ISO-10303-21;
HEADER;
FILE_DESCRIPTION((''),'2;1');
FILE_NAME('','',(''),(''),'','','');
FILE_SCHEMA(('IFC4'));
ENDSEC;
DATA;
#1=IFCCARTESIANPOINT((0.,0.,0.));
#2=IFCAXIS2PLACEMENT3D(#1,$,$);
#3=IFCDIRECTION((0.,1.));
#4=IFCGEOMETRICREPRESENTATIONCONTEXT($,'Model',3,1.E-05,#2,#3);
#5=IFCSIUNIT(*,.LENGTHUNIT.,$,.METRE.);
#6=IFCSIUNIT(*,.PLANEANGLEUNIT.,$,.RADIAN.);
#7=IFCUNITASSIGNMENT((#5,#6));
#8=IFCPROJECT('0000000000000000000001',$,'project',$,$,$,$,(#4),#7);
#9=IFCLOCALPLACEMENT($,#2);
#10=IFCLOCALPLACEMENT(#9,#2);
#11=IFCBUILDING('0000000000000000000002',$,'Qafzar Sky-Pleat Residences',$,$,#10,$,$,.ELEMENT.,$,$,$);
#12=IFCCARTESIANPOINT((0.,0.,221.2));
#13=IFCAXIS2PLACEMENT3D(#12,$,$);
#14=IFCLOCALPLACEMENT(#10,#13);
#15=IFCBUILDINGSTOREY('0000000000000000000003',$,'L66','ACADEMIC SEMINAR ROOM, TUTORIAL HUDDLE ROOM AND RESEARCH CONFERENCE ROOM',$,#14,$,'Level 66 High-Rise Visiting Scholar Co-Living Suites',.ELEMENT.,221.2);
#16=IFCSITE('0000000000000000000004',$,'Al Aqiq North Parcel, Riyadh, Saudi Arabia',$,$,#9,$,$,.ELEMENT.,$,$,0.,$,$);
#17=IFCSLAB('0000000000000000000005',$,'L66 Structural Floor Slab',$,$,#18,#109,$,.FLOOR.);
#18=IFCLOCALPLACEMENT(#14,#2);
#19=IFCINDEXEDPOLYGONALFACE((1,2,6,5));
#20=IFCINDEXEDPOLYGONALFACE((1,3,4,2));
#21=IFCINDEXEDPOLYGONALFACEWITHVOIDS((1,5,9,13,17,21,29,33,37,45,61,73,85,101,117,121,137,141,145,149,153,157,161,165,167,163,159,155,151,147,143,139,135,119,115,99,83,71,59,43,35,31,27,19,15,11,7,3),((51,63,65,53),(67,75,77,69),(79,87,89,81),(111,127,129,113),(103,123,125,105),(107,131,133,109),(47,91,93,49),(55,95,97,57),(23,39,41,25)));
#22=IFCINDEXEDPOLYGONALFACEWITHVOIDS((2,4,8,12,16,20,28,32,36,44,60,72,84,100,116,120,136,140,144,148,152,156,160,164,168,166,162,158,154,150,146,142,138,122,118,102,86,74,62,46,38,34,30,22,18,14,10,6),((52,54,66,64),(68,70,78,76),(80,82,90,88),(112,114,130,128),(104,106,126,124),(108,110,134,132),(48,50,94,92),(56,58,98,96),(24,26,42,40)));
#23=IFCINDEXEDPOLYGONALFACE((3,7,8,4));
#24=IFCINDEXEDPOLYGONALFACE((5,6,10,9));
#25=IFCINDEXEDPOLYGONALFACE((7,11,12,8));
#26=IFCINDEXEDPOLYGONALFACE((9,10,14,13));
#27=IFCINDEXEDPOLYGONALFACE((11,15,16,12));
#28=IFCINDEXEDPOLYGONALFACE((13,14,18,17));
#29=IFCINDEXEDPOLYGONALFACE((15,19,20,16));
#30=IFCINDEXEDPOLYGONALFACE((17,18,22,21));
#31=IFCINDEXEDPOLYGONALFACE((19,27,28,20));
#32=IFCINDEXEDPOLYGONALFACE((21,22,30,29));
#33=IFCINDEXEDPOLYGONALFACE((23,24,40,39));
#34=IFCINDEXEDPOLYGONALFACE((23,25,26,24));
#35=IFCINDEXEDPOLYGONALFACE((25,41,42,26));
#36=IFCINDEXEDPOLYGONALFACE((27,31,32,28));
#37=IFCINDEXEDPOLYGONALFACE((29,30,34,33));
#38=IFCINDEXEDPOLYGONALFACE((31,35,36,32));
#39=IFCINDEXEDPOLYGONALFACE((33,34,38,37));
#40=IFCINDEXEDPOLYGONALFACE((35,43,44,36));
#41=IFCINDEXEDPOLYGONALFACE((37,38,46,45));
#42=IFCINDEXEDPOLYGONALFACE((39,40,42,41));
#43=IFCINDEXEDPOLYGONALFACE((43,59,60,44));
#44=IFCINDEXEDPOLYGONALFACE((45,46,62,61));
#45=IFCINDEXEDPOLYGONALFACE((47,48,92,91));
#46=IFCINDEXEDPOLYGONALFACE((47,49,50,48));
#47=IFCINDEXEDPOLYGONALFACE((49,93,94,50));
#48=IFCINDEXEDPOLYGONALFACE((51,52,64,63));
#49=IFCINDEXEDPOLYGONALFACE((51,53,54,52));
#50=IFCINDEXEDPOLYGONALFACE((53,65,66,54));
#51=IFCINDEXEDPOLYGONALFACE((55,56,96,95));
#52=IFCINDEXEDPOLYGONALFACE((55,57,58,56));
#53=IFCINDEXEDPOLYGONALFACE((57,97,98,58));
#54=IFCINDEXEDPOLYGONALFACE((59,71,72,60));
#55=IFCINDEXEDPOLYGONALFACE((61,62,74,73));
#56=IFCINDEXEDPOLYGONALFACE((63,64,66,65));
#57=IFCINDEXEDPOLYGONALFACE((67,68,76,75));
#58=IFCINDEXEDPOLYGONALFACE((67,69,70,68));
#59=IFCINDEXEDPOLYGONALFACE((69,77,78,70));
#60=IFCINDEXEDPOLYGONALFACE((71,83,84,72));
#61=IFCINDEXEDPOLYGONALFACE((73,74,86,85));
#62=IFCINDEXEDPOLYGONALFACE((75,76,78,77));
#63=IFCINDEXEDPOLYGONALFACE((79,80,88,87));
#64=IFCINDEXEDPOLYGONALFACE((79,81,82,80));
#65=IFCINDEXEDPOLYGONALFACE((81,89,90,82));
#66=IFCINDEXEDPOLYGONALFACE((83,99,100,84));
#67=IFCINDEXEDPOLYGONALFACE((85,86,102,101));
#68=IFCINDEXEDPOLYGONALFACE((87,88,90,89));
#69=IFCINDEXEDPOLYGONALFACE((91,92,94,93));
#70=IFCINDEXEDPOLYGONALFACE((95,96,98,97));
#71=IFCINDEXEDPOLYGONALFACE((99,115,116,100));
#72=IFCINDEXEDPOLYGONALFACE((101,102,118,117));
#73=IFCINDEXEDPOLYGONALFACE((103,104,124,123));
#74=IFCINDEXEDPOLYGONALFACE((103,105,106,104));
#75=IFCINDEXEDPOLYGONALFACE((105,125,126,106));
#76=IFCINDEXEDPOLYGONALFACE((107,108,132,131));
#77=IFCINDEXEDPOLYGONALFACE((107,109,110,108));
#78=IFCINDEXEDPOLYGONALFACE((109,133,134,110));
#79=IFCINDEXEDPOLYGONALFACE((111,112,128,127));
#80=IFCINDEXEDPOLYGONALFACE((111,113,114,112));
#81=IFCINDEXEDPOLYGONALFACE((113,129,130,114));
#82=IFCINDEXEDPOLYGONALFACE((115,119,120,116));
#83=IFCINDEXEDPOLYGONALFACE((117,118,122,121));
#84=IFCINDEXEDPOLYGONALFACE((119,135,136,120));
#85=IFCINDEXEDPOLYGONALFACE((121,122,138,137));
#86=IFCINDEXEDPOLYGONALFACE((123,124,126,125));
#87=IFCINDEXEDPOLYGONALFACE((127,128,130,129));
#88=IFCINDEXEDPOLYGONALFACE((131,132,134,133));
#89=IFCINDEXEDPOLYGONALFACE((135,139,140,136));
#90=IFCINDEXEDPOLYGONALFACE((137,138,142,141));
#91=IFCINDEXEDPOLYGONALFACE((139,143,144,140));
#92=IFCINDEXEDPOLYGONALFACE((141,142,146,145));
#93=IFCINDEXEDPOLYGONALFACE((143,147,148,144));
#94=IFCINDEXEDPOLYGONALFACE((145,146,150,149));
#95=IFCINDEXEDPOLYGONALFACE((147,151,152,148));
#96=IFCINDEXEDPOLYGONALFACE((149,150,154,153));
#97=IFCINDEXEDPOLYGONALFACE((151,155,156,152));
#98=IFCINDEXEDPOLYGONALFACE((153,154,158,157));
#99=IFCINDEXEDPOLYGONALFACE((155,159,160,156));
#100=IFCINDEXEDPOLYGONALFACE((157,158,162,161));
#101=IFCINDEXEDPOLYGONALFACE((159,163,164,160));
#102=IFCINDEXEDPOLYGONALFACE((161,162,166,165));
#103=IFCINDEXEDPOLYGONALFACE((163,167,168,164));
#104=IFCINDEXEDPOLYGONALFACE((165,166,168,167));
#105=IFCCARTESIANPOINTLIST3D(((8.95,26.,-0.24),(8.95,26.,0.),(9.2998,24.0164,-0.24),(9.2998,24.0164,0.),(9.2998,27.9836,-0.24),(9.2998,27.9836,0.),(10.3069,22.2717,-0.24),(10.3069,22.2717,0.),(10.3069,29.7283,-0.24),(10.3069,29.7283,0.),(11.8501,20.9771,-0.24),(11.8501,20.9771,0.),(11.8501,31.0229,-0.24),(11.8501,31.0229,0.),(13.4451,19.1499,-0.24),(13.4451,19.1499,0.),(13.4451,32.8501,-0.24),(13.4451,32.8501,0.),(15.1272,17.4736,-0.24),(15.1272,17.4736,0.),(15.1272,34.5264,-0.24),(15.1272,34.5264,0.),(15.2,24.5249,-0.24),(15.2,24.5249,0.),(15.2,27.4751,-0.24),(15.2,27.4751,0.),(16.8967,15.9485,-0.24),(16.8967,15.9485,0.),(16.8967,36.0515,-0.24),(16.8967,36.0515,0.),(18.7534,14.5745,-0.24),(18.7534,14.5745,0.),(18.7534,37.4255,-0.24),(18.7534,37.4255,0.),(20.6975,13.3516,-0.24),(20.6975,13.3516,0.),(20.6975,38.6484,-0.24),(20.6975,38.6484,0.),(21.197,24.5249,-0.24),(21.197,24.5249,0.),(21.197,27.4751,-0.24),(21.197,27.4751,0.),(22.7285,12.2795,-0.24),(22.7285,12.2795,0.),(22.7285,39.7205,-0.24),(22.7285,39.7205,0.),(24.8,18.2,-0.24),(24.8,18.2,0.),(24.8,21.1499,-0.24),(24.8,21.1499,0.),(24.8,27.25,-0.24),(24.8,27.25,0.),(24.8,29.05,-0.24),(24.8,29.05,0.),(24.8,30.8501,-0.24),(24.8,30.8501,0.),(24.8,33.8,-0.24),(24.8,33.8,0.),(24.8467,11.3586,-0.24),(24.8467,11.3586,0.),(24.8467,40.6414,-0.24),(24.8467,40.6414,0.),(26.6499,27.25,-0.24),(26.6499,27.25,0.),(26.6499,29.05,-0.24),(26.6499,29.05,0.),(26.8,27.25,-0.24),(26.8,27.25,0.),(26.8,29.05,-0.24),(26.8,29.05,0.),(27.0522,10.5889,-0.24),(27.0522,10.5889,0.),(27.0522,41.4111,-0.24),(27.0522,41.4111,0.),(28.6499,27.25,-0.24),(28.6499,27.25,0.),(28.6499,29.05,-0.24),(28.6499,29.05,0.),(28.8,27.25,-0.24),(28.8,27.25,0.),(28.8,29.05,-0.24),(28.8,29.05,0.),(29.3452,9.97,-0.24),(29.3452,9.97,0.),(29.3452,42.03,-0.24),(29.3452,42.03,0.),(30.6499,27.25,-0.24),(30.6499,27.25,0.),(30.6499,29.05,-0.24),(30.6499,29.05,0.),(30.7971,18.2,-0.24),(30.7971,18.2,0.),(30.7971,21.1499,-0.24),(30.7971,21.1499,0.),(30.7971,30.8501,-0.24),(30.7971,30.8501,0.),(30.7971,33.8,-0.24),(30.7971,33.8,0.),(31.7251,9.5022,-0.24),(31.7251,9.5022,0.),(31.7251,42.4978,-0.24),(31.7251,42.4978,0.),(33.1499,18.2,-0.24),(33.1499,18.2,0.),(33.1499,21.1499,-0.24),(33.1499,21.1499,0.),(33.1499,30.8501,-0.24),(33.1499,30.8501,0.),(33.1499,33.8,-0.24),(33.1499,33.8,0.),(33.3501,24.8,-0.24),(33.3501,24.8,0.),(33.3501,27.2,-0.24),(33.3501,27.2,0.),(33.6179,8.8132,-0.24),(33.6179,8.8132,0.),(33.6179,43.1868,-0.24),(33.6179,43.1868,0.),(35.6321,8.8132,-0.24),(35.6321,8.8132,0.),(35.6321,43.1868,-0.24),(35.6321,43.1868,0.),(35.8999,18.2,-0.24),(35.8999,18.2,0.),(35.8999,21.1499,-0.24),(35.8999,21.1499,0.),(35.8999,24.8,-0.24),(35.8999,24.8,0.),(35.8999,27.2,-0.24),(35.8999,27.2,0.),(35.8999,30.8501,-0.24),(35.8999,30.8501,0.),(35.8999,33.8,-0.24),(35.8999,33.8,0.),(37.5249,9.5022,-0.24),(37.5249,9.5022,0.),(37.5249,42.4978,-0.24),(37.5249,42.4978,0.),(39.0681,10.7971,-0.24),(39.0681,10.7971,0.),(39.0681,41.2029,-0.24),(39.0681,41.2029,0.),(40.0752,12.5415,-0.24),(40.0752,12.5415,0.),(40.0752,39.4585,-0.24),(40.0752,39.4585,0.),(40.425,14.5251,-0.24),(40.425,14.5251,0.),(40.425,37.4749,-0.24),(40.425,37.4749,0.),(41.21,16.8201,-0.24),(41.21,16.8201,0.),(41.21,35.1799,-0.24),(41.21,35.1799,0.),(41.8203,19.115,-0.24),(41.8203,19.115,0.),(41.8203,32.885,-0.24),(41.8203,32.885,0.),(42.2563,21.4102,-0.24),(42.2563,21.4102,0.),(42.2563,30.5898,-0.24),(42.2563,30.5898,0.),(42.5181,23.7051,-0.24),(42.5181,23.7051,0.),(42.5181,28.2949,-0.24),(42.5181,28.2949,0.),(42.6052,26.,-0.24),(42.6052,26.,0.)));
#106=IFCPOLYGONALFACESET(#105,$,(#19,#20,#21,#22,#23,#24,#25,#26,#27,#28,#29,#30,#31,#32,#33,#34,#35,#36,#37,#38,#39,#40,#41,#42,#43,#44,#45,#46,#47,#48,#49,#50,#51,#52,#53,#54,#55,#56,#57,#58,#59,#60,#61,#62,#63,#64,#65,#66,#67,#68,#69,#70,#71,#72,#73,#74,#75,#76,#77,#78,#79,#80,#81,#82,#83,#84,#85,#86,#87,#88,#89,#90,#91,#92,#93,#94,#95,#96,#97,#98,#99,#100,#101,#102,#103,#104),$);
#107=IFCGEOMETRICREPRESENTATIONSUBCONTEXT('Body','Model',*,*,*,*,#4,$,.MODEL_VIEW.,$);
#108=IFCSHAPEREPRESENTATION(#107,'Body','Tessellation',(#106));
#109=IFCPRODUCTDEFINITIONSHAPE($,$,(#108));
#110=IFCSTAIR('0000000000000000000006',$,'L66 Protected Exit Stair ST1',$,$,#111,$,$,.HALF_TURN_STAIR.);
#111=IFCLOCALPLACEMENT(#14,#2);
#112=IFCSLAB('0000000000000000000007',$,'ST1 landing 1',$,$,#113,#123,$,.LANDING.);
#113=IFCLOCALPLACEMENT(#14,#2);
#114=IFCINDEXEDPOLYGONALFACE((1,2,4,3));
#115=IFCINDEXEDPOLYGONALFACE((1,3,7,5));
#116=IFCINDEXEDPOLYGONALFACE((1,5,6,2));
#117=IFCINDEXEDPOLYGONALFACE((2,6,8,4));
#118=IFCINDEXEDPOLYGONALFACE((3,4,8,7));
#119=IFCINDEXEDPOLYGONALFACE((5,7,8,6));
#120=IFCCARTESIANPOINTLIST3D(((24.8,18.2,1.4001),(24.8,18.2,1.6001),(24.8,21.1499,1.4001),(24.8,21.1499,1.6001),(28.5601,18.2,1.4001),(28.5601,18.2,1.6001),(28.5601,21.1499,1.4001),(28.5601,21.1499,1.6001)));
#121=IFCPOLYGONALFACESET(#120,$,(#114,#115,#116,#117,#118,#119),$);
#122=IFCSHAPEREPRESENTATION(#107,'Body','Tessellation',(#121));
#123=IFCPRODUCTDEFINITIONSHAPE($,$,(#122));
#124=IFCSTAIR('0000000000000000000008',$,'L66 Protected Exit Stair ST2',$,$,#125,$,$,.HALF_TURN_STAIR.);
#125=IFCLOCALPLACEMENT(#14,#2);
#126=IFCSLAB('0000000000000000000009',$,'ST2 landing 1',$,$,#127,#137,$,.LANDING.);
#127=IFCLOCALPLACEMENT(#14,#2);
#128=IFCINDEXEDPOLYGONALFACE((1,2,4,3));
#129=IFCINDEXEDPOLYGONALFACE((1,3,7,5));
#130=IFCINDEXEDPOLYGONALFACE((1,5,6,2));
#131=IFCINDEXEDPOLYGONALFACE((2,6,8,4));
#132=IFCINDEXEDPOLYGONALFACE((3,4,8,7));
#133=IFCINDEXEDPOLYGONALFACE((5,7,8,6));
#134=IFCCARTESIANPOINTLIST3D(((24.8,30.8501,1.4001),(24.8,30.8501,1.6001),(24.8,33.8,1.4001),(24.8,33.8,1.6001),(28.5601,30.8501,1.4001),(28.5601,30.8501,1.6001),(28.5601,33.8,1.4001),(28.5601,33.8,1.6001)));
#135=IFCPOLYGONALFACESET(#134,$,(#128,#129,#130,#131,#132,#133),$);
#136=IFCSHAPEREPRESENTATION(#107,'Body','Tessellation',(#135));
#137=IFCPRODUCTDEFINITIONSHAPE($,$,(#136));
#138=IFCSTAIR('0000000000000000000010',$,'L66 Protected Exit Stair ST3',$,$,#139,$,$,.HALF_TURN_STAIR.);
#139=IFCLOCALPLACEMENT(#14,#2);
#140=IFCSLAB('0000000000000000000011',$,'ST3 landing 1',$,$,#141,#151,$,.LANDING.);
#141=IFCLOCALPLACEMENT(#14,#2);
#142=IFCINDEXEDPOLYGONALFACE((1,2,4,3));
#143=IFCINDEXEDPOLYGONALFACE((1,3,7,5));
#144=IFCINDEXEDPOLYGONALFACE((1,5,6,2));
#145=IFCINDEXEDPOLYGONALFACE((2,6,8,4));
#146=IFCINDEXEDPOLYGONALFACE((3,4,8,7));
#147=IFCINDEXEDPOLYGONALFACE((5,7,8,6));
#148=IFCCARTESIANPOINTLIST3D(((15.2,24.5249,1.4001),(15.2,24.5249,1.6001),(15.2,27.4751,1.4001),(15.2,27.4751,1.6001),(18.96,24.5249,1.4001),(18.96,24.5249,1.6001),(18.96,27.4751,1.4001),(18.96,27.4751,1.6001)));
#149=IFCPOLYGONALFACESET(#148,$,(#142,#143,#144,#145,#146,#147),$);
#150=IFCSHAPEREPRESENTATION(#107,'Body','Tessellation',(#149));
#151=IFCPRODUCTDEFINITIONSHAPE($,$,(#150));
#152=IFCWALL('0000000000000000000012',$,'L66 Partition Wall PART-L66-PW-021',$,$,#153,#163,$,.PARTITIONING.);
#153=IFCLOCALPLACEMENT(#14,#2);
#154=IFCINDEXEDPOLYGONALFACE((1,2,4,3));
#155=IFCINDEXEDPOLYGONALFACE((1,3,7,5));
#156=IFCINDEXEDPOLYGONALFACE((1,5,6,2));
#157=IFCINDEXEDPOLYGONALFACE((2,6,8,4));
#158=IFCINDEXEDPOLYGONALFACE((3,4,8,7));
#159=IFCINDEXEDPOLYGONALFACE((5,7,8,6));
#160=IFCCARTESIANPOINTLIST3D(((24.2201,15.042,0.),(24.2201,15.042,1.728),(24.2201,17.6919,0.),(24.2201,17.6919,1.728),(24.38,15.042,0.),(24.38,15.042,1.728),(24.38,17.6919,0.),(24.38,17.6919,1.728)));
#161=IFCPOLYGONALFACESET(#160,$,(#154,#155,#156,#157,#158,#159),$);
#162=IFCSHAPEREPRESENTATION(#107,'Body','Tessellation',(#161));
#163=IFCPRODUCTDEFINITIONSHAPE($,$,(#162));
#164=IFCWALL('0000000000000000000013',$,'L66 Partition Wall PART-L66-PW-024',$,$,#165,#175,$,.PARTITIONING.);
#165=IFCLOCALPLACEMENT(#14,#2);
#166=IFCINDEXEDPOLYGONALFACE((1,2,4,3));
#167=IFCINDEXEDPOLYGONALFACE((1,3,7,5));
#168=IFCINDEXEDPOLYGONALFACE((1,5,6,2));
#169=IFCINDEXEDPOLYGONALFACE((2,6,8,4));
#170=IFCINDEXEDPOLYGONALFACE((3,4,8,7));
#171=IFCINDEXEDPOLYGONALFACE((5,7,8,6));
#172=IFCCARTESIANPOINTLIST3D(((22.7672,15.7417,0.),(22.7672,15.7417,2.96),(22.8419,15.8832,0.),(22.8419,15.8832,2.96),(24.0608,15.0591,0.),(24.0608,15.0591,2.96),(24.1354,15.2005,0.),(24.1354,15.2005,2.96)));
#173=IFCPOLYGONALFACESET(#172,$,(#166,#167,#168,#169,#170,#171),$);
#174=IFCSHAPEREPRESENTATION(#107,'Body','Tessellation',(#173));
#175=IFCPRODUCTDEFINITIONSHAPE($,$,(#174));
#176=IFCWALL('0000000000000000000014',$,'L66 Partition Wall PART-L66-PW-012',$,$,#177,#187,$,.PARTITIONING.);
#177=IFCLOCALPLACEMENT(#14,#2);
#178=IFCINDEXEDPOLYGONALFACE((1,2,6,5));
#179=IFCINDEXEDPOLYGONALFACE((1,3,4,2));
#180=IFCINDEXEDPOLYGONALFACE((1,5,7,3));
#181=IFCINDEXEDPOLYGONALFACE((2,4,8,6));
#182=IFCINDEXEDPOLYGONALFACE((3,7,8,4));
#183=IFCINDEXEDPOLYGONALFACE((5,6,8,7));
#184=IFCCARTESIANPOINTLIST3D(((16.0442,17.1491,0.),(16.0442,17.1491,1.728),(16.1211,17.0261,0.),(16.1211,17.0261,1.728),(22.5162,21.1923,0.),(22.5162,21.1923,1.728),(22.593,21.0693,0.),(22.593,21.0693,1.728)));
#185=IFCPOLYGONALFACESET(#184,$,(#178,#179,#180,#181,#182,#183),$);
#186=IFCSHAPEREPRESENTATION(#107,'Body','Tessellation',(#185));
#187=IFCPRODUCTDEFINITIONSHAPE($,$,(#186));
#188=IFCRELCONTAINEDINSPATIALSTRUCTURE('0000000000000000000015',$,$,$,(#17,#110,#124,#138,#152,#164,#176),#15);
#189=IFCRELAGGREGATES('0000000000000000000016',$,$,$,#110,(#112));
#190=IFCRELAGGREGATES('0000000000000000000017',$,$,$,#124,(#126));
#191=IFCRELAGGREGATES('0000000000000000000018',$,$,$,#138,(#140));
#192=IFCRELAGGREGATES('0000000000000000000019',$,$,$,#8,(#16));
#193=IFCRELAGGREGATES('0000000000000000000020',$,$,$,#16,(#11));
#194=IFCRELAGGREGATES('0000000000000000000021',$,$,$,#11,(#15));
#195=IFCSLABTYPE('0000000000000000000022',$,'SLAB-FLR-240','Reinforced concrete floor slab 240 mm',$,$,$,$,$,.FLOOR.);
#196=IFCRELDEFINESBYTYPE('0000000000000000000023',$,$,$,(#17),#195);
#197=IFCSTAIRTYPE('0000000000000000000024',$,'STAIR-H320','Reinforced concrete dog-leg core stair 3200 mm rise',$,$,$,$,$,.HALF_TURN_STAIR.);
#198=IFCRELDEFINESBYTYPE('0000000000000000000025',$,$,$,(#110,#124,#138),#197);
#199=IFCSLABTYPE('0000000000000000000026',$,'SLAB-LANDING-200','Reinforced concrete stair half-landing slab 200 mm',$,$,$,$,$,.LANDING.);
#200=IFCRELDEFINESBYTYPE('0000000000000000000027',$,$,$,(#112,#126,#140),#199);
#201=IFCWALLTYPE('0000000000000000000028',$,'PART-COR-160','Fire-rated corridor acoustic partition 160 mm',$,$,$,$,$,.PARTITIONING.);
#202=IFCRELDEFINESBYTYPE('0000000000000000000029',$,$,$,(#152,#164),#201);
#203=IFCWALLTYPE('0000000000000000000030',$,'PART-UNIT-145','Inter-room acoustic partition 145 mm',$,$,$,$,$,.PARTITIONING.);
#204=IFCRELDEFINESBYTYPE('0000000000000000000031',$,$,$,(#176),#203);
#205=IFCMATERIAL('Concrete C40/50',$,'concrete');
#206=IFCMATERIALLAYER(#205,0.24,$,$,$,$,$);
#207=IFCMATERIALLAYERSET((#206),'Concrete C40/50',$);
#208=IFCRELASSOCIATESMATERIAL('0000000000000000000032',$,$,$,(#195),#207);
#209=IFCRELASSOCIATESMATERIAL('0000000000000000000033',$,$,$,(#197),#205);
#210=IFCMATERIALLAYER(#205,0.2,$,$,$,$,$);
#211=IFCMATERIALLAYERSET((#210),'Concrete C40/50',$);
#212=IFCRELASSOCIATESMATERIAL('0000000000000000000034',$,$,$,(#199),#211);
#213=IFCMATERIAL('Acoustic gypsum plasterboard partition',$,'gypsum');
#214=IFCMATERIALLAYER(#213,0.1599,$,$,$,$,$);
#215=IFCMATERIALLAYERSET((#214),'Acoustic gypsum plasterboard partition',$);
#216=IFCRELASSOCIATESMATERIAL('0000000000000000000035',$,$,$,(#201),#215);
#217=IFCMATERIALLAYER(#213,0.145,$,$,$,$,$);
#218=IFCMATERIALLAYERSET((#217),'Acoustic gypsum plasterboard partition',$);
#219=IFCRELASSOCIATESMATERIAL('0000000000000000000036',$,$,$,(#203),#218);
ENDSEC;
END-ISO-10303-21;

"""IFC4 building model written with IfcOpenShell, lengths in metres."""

from ifc_helpers import new_model, si_unit, direction, frame, frame_2d, origin, place, context, subcontext, project, spatial, polyline, rectangle, outline, extrude, material, layer, layer_set, type_object, element, aggregate, save


model = new_model("IFC4")

# Units and contexts
model_context = context("Model", 3, precision=1e-05, world=origin(), true_north=direction((0.0, 1.0)))
body_context = subcontext(model_context, "Body", "Model", "MODEL_VIEW")
ifc_project = project(units=[si_unit("LENGTHUNIT", "METRE"), si_unit("PLANEANGLEUNIT", "RADIAN")], contexts=[model_context])

# Site, building, storey
site_placement = place(None, origin())
site = spatial("IfcSite", under=ifc_project, at=site_placement, Name="Al Aqiq North Parcel, Riyadh, Saudi Arabia", CompositionType="ELEMENT", RefElevation=0.0)
building_placement = place(site_placement, origin())
building = spatial("IfcBuilding", under=site, at=building_placement, Name="Qafzar Sky-Pleat Residences", CompositionType="ELEMENT")
storey_placement = place(building_placement, frame((0.0, 0.0, 221.2)))
storey = spatial("IfcBuildingStorey", under=building, at=storey_placement, Name="L66", Description="ACADEMIC SEMINAR ROOM, TUTORIAL HUDDLE ROOM AND RESEARCH CONFERENCE ROOM", LongName="Level 66 High-Rise Visiting Scholar Co-Living Suites", CompositionType="ELEMENT", Elevation=221.2)

# Slab
ifc_material_1 = material(Name="Concrete C40/50", Category="concrete")
ifc_layer_1 = layer(ifc_material_1, 0.24)
ifc_layer_set_1 = layer_set([ifc_layer_1], Name="Concrete C40/50")
slab_type_1 = type_object("IfcSlabType", Name="SLAB-FLR-240", Description="Reinforced concrete floor slab 240 mm", PredefinedType="FLOOR", material=ifc_layer_set_1)
slab_1_placement = place(storey_placement, frame((0.0, 0.0, -0.24)))
element("IfcSlab", 1, at=slab_1_placement, inside=storey, type_object=slab_type_1, Name="L66 Structural Floor Slab", PredefinedType="FLOOR", context=body_context, shape_type="SweptSolid", body=[
    extrude(outline(polyline([(11.8501, 31.0229), (10.3069, 29.7283), (9.2998, 27.9836), (8.95, 26.0), (9.2998, 24.0164), (10.3069, 22.2717), (11.8501, 20.9771), (13.4451, 19.1499), (15.1272, 17.4736), (16.8967, 15.9485), (18.7534, 14.5745), (20.6975, 13.3516), (22.7285, 12.2795), (24.8467, 11.3586), (27.0522, 10.5889), (29.3452, 9.97), (31.7251, 9.5022), (33.6179, 8.8132), (35.6321, 8.8132), (37.5249, 9.5022), (39.0681, 10.7971), (40.0752, 12.5415), (40.425, 14.5251), (41.21, 16.8201), (41.8203, 19.115), (42.2563, 21.4102), (42.5181, 23.7051), (42.6052, 26.0), (42.5181, 28.2949), (42.2563, 30.5898), (41.8203, 32.885), (41.21, 35.1799), (40.425, 37.4749), (40.0752, 39.4585), (39.0681, 41.2029), (37.5249, 42.4978), (35.6321, 43.1868), (33.6179, 43.1868), (31.7251, 42.4978), (29.3452, 42.03), (27.0522, 41.4111), (24.8467, 40.6414), (22.7285, 39.7205), (20.6975, 38.6484), (18.7534, 37.4255), (16.8967, 36.0515), (15.1272, 34.5264), (13.4451, 32.8501), (11.8501, 31.0229)]), holes=[polyline([(30.7971, 21.1499), (24.8, 21.1499), (24.8, 18.2), (30.7971, 18.2), (30.7971, 21.1499)]), polyline([(30.7971, 33.8), (24.8, 33.8), (24.8, 30.8501), (30.7971, 30.8501), (30.7971, 33.8)]), polyline([(21.197, 27.4751), (15.2, 27.4751), (15.2, 24.5249), (21.197, 24.5249), (21.197, 27.4751)]), polyline([(24.8, 27.25), (26.6499, 27.25), (26.6499, 29.05), (24.8, 29.05), (24.8, 27.25)]), polyline([(26.8, 27.25), (28.6499, 27.25), (28.6499, 29.05), (26.8, 29.05), (26.8, 27.25)]), polyline([(28.8, 27.25), (30.6499, 27.25), (30.6499, 29.05), (28.8, 29.05), (28.8, 27.25)]), polyline([(33.1499, 18.2), (35.8999, 18.2), (35.8999, 21.1499), (33.1499, 21.1499), (33.1499, 18.2)]), polyline([(33.1499, 30.8501), (35.8999, 30.8501), (35.8999, 33.8), (33.1499, 33.8), (33.1499, 30.8501)]), polyline([(33.3501, 24.8), (35.8999, 24.8), (35.8999, 27.2), (33.3501, 27.2), (33.3501, 24.8)])]), origin(), (0.0, 0.0, 1.0), 0.24),
])

# Stairs, slabs
stair_type = type_object("IfcStairType", Name="STAIR-H320", Description="Reinforced concrete dog-leg core stair 3200 mm rise", PredefinedType="HALF_TURN_STAIR", material=ifc_material_1)
stair_1_placement = place(storey_placement, origin())
stair_1 = element("IfcStair", 2, at=stair_1_placement, inside=storey, type_object=stair_type, Name="L66 Protected Exit Stair ST1", PredefinedType="HALF_TURN_STAIR")
ifc_layer_2 = layer(ifc_material_1, 0.2)
ifc_layer_set_2 = layer_set([ifc_layer_2], Name="Concrete C40/50")
slab_type_2 = type_object("IfcSlabType", Name="SLAB-LANDING-200", Description="Reinforced concrete stair half-landing slab 200 mm", PredefinedType="LANDING", material=ifc_layer_set_2)
slab_2_placement = place(storey_placement, frame((0.0, 0.0, 1.4001)))
slab_2 = element("IfcSlab", 3, at=slab_2_placement, type_object=slab_type_2, Name="ST1 landing 1", PredefinedType="LANDING", context=body_context, shape_type="SweptSolid", body=[
    extrude(outline(polyline([(28.5601, 21.1499), (24.8, 21.1499), (24.8, 18.2), (28.5601, 18.2), (28.5601, 21.1499)])), origin(), (0.0, 0.0, 1.0), 0.2),
])
aggregate(stair_1, [slab_2])
stair_2_placement = place(storey_placement, origin())
stair_2 = element("IfcStair", 4, at=stair_2_placement, inside=storey, type_object=stair_type, Name="L66 Protected Exit Stair ST2", PredefinedType="HALF_TURN_STAIR")
slab_3_placement = place(storey_placement, frame((0.0, 0.0, 1.4001)))
slab_3 = element("IfcSlab", 5, at=slab_3_placement, type_object=slab_type_2, Name="ST2 landing 1", PredefinedType="LANDING", context=body_context, shape_type="SweptSolid", body=[
    extrude(outline(polyline([(28.5601, 33.8), (24.8, 33.8), (24.8, 30.8501), (28.5601, 30.8501), (28.5601, 33.8)])), origin(), (0.0, 0.0, 1.0), 0.2),
])
aggregate(stair_2, [slab_3])
stair_3_placement = place(storey_placement, origin())
stair_3 = element("IfcStair", 6, at=stair_3_placement, inside=storey, type_object=stair_type, Name="L66 Protected Exit Stair ST3", PredefinedType="HALF_TURN_STAIR")
slab_4_placement = place(storey_placement, frame((0.0, 0.0, 1.4001)))
slab_4 = element("IfcSlab", 7, at=slab_4_placement, type_object=slab_type_2, Name="ST3 landing 1", PredefinedType="LANDING", context=body_context, shape_type="SweptSolid", body=[
    extrude(outline(polyline([(18.96, 27.4751), (15.2, 27.4751), (15.2, 24.5249), (18.96, 24.5249), (18.96, 27.4751)])), origin(), (0.0, 0.0, 1.0), 0.2),
])
aggregate(stair_3, [slab_4])

# Walls
ifc_material_2 = material(Name="Acoustic gypsum plasterboard partition", Category="gypsum")
ifc_layer_3 = layer(ifc_material_2, 0.1599)
ifc_layer_set_3 = layer_set([ifc_layer_3], Name="Acoustic gypsum plasterboard partition")
wall_type_1 = type_object("IfcWallType", Name="PART-COR-160", Description="Fire-rated corridor acoustic partition 160 mm", PredefinedType="PARTITIONING", material=ifc_layer_set_3)
wall_1_placement = place(storey_placement, frame((24.3, 15.042, 0.0), z_axis=(0.0, 0.0, 1.0), x_axis=(0.0, 1.0, 0.0)))
element("IfcWall", 8, at=wall_1_placement, inside=storey, type_object=wall_type_1, Name="L66 Partition Wall PART-L66-PW-021", PredefinedType="PARTITIONING", context=body_context, shape_type="SweptSolid", body=[
    extrude(rectangle(XDim=2.6499, YDim=0.1599, at=frame_2d((1.325, 0.0))), origin(), (0.0, 0.0, 1.0), 1.728),
])
wall_2_placement = place(storey_placement, frame((22.8044, 15.8125, 0.0), z_axis=(0.0, 0.0, 1.0), x_axis=(0.884396, -0.466737, 0.0)))
element("IfcWall", 9, at=wall_2_placement, inside=storey, type_object=wall_type_1, Name="L66 Partition Wall PART-L66-PW-024", PredefinedType="PARTITIONING", context=body_context, shape_type="SweptSolid", body=[
    extrude(rectangle(XDim=1.4626, YDim=0.1599, at=frame_2d((0.7314, 0.0))), origin(), (0.0, 0.0, 1.0), 2.96),
])
ifc_layer_4 = layer(ifc_material_2, 0.145)
ifc_layer_set_4 = layer_set([ifc_layer_4], Name="Acoustic gypsum plasterboard partition")
wall_type_2 = type_object("IfcWallType", Name="PART-UNIT-145", Description="Inter-room acoustic partition 145 mm", PredefinedType="PARTITIONING", material=ifc_layer_set_4)
wall_3_placement = place(storey_placement, frame((16.0828, 17.0876, 0.0), z_axis=(0.0, 0.0, 1.0), x_axis=(0.848101, 0.529835, 0.0)))
element("IfcWall", 10, at=wall_3_placement, inside=storey, type_object=wall_type_2, Name="L66 Partition Wall PART-L66-PW-012", PredefinedType="PARTITIONING", context=body_context, shape_type="SweptSolid", body=[
    extrude(rectangle(XDim=7.6311, YDim=0.145, at=frame_2d((3.8154, 0.0))), origin(), (0.0, 0.0, 1.0), 1.728),
])

save(model, "model.ifc")
